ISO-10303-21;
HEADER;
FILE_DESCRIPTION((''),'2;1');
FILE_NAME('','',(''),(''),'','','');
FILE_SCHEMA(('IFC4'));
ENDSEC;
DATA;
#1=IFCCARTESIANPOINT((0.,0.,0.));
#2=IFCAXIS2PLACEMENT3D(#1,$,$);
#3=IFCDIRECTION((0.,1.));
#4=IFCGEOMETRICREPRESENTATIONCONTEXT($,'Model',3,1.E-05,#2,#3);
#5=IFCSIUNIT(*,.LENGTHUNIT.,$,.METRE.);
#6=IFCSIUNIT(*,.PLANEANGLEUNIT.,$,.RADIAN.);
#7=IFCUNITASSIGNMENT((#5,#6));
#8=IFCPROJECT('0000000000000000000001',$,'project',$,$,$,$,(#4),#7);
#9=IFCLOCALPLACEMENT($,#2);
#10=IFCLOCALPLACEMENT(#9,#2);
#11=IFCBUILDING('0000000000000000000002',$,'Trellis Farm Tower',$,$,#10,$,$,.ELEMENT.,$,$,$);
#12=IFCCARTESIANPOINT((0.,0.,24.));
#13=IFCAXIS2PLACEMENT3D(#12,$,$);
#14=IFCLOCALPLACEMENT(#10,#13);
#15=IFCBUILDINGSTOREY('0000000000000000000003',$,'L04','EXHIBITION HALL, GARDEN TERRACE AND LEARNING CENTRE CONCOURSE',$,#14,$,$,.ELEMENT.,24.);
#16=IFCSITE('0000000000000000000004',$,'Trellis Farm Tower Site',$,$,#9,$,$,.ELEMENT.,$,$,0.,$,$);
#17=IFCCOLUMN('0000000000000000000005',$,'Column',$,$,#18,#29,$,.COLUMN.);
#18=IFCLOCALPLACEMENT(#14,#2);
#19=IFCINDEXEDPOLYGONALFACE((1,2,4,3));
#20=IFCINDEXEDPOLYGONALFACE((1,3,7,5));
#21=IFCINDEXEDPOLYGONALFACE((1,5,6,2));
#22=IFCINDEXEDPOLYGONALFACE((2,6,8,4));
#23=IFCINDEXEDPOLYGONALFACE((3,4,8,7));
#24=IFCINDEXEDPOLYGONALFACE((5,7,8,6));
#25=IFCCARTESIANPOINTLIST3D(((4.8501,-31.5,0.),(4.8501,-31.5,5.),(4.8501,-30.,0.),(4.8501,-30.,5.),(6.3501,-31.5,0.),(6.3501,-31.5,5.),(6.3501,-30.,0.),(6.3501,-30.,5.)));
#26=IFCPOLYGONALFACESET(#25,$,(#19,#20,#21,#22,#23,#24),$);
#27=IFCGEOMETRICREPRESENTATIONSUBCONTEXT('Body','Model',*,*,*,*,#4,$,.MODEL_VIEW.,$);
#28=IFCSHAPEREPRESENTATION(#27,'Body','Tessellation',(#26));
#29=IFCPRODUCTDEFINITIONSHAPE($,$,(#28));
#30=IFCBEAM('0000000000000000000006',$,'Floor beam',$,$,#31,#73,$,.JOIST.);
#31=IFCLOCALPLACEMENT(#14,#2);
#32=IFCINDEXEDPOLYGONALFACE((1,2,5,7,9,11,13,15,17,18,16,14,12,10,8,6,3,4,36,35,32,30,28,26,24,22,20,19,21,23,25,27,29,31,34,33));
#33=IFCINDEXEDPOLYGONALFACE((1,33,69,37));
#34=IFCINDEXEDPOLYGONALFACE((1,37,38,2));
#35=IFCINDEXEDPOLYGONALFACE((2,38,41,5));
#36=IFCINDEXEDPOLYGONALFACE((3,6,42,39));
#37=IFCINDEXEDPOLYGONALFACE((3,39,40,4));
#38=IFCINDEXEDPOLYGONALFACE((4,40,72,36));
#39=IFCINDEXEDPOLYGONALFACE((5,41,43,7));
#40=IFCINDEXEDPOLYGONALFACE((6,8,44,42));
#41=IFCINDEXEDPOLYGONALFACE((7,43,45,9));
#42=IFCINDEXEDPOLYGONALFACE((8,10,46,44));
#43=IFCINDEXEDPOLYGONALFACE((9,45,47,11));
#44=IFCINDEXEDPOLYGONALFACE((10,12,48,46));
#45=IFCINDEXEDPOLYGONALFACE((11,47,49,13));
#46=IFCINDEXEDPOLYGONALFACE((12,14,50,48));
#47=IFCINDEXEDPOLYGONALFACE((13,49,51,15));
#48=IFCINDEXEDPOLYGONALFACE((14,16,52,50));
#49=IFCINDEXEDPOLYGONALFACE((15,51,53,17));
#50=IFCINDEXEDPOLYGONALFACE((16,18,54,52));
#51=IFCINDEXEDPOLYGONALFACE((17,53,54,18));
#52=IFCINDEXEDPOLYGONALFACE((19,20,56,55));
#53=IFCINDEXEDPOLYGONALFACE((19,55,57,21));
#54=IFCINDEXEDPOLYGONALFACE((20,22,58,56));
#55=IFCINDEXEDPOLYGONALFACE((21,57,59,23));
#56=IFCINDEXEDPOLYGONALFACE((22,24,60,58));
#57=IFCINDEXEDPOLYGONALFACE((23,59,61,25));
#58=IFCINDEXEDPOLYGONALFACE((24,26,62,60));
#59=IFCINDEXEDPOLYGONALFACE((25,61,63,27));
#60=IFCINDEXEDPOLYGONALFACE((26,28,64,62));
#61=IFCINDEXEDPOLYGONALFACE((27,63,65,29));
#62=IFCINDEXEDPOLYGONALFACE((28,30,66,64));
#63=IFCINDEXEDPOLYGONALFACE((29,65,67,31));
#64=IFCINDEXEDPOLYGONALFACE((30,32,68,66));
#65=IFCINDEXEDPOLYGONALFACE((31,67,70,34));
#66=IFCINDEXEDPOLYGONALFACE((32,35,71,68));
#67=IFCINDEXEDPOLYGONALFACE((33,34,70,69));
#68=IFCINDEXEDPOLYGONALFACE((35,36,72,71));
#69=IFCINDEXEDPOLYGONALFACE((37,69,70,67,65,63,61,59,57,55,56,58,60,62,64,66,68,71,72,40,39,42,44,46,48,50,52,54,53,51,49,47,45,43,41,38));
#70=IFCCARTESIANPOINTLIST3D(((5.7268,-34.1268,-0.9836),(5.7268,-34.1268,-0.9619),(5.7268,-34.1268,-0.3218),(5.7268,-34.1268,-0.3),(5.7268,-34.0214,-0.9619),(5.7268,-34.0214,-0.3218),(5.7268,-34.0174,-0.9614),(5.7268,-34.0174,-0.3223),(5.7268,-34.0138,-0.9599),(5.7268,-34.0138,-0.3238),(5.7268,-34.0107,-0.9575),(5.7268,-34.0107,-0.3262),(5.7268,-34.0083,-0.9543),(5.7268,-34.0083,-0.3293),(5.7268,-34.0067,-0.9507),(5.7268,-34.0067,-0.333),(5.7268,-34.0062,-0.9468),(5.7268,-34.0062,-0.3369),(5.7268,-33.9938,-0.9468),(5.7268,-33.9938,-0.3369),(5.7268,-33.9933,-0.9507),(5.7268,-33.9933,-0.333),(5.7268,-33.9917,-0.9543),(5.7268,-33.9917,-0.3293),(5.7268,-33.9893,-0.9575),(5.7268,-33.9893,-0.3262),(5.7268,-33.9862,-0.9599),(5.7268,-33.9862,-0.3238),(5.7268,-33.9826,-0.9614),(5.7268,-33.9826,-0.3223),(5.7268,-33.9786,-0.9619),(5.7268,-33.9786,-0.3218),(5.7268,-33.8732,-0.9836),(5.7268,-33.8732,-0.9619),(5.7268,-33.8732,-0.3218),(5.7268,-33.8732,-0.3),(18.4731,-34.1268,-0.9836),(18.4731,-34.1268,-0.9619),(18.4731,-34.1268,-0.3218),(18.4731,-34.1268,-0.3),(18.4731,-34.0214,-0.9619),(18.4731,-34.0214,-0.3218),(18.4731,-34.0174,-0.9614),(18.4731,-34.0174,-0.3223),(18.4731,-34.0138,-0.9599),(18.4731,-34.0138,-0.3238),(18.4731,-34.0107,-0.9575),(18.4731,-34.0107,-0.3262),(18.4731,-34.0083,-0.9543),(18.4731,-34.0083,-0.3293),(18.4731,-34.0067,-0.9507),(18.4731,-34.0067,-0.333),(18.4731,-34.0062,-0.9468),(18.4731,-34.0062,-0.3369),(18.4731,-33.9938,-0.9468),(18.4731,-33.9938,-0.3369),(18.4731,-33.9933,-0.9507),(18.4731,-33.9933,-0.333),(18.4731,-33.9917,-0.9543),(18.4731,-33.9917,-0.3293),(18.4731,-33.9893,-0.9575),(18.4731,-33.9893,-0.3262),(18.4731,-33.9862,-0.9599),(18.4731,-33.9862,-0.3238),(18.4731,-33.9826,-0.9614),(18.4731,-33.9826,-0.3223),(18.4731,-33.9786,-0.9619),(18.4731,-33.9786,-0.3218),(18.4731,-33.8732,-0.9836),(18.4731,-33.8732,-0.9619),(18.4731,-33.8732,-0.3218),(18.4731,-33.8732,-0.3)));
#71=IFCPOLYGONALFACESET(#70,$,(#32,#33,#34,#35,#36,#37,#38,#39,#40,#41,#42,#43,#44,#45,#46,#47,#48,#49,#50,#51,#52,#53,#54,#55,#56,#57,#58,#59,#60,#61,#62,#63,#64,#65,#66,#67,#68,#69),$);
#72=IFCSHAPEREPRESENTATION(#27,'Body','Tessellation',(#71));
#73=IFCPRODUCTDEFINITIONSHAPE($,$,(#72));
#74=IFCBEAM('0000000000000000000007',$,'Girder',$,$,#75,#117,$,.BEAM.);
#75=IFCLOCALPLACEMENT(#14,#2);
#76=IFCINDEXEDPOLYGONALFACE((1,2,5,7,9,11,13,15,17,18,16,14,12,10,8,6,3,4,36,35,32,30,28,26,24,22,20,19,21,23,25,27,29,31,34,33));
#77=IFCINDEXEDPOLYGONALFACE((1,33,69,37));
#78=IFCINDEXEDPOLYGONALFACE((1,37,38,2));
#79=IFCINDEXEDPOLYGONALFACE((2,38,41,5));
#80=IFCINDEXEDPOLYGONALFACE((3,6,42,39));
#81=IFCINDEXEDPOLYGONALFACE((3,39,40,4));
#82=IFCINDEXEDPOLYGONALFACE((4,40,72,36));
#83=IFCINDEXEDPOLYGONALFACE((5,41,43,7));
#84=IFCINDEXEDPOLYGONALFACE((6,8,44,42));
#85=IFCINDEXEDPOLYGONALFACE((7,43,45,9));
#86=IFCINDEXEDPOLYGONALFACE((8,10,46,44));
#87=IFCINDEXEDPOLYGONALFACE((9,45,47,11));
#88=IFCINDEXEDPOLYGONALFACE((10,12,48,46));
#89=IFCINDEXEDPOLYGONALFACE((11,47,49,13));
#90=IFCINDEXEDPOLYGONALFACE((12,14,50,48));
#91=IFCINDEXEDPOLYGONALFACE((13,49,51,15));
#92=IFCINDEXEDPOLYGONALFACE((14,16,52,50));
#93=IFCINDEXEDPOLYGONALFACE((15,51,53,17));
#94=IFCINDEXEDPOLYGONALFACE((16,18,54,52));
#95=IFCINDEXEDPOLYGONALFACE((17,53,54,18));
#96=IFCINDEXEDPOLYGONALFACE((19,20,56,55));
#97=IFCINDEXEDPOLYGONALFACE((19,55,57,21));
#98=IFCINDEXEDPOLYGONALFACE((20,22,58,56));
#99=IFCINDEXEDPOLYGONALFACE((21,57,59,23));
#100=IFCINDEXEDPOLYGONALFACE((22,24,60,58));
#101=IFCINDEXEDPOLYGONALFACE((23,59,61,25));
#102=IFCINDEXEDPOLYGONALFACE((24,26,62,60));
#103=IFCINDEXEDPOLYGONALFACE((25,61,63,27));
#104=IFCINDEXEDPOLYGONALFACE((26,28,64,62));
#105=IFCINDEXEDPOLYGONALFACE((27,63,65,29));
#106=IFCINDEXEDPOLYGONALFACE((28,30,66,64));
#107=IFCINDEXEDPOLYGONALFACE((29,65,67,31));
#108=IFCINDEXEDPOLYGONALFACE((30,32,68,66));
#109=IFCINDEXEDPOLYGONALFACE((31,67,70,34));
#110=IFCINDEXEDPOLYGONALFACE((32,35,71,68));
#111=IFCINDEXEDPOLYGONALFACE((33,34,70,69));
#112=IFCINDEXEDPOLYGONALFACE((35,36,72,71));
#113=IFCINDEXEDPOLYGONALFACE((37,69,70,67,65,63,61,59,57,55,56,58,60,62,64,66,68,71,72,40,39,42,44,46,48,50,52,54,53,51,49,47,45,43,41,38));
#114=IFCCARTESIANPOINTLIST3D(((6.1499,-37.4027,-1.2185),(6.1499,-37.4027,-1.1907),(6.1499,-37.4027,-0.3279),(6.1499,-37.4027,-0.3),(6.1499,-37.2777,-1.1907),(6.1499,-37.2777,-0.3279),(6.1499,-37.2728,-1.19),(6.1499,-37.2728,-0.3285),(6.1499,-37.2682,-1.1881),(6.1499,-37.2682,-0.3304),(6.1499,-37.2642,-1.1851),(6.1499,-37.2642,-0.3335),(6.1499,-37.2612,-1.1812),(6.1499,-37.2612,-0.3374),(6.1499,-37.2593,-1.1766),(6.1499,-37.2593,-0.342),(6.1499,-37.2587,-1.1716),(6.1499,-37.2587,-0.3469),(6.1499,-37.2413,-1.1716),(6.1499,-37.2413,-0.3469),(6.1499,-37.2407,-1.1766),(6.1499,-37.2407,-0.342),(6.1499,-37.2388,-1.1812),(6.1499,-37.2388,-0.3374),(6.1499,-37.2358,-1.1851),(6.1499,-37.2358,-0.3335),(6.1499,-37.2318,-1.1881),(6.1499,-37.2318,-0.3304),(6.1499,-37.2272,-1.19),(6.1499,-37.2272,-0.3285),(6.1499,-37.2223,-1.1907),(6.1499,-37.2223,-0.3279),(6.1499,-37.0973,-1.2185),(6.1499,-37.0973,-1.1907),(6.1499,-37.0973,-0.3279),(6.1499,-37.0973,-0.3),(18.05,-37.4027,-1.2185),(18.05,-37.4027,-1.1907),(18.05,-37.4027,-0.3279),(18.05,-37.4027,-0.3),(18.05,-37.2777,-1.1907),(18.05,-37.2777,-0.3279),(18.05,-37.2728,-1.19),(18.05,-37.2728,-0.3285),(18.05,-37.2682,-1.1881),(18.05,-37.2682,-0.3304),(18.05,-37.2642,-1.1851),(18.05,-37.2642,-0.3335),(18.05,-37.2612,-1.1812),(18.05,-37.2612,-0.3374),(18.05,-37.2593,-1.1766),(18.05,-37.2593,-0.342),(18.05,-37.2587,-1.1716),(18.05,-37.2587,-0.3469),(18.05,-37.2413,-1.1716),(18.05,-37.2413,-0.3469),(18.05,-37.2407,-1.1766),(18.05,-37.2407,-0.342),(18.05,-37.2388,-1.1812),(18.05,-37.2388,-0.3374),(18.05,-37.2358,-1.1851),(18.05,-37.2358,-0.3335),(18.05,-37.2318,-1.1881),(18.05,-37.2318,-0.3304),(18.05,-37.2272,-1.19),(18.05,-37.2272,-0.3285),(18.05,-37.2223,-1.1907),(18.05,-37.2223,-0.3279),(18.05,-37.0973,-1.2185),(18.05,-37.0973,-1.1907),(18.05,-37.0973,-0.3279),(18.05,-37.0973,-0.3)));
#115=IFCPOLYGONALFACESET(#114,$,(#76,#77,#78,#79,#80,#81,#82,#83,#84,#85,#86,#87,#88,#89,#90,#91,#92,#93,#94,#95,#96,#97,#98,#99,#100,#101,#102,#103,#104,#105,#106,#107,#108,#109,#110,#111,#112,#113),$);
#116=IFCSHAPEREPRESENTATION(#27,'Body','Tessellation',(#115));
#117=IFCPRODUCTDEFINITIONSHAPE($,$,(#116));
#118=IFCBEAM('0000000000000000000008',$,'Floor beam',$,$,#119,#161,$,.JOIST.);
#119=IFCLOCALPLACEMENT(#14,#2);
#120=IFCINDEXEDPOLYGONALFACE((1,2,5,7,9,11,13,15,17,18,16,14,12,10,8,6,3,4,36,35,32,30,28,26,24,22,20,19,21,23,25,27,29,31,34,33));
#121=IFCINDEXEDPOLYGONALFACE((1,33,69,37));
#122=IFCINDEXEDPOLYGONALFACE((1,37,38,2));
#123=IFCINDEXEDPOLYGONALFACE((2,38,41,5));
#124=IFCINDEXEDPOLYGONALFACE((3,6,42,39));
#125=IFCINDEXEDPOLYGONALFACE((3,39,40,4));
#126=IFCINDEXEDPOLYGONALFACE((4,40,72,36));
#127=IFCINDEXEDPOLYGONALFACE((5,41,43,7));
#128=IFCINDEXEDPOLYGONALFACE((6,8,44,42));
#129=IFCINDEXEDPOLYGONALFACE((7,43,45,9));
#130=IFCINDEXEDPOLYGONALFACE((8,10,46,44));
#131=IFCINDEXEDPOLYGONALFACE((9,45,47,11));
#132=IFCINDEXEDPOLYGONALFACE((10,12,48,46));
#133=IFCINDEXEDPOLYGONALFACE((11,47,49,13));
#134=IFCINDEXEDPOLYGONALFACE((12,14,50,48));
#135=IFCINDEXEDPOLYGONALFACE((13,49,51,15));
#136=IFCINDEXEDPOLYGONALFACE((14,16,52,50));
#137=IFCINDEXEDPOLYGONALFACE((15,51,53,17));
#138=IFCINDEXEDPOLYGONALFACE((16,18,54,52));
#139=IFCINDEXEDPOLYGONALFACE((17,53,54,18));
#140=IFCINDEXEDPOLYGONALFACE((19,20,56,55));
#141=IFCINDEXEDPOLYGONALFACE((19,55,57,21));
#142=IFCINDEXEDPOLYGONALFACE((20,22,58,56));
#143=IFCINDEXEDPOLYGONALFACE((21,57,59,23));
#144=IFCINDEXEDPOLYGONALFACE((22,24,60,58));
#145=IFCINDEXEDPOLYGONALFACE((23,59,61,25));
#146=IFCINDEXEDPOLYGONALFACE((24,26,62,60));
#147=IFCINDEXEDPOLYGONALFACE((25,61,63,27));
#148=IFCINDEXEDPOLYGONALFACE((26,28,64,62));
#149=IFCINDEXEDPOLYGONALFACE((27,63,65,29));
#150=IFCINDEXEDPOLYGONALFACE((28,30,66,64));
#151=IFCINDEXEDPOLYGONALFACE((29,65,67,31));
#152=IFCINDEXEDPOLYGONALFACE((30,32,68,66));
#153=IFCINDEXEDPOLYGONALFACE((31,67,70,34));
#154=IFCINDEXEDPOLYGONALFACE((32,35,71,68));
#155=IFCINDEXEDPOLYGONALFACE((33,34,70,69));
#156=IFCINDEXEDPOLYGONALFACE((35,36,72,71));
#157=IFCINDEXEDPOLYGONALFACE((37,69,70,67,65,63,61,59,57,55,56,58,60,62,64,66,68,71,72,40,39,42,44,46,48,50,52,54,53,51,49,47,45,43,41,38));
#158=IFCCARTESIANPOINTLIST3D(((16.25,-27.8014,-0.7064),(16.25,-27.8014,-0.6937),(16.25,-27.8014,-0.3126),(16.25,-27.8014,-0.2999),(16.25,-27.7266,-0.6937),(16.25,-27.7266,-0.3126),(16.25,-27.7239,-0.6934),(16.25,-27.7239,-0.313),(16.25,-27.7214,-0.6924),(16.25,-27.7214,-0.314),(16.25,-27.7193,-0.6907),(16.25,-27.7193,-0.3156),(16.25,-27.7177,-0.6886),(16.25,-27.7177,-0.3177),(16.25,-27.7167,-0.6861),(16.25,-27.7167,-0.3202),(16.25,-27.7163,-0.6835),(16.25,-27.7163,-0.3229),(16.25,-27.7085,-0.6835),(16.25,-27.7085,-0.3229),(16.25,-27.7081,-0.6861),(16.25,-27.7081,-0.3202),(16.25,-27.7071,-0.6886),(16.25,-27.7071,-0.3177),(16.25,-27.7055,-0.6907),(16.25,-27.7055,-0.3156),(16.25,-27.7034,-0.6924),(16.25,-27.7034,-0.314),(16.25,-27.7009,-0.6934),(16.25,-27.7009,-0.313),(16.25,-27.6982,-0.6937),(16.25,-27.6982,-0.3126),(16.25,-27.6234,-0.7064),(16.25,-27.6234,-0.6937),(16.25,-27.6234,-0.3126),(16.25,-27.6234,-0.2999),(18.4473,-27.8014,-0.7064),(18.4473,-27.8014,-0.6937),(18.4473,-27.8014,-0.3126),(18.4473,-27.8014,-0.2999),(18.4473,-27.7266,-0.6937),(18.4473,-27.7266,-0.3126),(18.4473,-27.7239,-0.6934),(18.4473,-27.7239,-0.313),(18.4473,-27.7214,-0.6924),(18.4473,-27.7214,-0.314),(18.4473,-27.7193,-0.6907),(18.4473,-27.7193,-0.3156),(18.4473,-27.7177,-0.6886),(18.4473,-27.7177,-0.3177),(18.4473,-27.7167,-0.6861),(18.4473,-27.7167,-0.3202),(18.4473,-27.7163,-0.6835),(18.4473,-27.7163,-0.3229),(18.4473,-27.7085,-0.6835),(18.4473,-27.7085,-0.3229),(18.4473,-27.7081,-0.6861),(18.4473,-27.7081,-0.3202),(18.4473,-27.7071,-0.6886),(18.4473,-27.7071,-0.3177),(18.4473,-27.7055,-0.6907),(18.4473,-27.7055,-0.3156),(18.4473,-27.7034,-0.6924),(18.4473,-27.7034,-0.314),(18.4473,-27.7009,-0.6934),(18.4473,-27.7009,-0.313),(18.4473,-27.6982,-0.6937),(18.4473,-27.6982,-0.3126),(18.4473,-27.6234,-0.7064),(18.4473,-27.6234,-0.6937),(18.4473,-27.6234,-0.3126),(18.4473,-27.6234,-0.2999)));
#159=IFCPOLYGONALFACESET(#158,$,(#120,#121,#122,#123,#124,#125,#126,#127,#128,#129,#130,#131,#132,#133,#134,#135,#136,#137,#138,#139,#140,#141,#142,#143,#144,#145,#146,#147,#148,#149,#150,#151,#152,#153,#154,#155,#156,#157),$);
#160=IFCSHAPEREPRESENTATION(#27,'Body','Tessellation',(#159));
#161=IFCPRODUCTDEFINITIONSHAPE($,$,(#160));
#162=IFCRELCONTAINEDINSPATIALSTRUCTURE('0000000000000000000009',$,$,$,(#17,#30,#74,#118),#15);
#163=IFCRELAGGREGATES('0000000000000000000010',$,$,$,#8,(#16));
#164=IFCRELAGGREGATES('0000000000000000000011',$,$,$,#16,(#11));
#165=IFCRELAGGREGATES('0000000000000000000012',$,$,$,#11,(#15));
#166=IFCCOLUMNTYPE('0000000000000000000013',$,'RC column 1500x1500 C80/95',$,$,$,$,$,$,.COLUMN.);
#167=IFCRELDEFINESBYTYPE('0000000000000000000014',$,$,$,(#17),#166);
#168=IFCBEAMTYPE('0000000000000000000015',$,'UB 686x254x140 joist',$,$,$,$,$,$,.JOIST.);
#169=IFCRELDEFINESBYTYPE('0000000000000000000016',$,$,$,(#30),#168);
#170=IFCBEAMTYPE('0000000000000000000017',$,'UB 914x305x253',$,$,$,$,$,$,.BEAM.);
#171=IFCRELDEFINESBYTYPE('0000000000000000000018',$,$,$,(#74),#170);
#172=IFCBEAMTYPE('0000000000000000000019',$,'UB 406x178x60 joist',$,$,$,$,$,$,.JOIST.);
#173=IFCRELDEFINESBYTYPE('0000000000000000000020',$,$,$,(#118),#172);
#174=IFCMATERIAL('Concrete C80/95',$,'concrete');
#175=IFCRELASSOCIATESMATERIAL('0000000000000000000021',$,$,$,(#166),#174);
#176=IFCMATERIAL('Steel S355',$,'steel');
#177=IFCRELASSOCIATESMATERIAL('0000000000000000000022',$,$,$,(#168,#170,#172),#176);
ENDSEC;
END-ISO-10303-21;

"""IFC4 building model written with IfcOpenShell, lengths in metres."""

from ifc_helpers import new_model, si_unit, direction, frame, origin, origin_2d, place, context, subcontext, project, spatial, rectangle, i_section, extrude, source, transform, mapped, material, material_profile, profile_set, type_object, element, save


model = new_model("IFC4")

# Units and contexts
model_context = context("Model", 3, precision=1e-05, world=origin(), true_north=direction((0.0, 1.0)))
body_context = subcontext(model_context, "Body", "Model", "MODEL_VIEW")
ifc_project = project(units=[si_unit("LENGTHUNIT", "METRE"), si_unit("PLANEANGLEUNIT", "RADIAN")], contexts=[model_context])

# Site, building, storey
site_placement = place(None, origin())
site = spatial("IfcSite", under=ifc_project, at=site_placement, Name="Trellis Farm Tower Site", CompositionType="ELEMENT", RefElevation=0.0)
building_placement = place(site_placement, origin())
building = spatial("IfcBuilding", under=site, at=building_placement, Name="Trellis Farm Tower", CompositionType="ELEMENT")
storey_placement = place(building_placement, frame((0.0, 0.0, 24.0)))
storey = spatial("IfcBuildingStorey", under=building, at=storey_placement, Name="L04", Description="EXHIBITION HALL, GARDEN TERRACE AND LEARNING CENTRE CONCOURSE", CompositionType="ELEMENT", Elevation=24.0)

# Column
ifc_material_1 = material(Name="Concrete C80/95", Category="concrete")
ifc_material_profile_1 = material_profile(ifc_material_1, rectangle(XDim=1.5, YDim=1.5, at=origin_2d()), Name="RC column 1500x1500 C80/95")
ifc_profile_set_1 = profile_set([ifc_material_profile_1], Name="Concrete C80/95")
column_type = type_object("IfcColumnType", Name="RC column 1500x1500 C80/95", PredefinedType="COLUMN", material=ifc_profile_set_1)
shared_shape_1 = source(origin(), body_context, "Body", "SweptSolid", [
    extrude(rectangle(XDim=1.5, YDim=1.5, at=origin_2d()), origin(), (0.0, 0.0, 1.0), 5.0),
])
column_placement = place(storey_placement, frame((5.6001, -30.75, 0.0), z_axis=(0.0, 0.0, 1.0), x_axis=(1.0, 0.0, 0.0)))
element("IfcColumn", 1, at=column_placement, inside=storey, type_object=column_type, Name="Column", PredefinedType="COLUMN", context=body_context, shape_type="MappedRepresentation", body=[
    mapped(shared_shape_1, transform((0.0, 0.0, 0.0))),
])

# Beams
ifc_material_2 = material(Name="Steel S355", Category="steel")
ifc_material_profile_2 = material_profile(ifc_material_2, i_section(OverallWidth=0.2537, OverallDepth=0.6836, WebThickness=0.0125, FlangeThickness=0.0217, FilletRadius=0.0151, at=origin_2d()), Name="UB 686x254x140")
ifc_profile_set_2 = profile_set([ifc_material_profile_2], Name="Steel S355")
beam_type_1 = type_object("IfcBeamType", Name="UB 686x254x140 joist", PredefinedType="JOIST", material=ifc_profile_set_2)
shared_shape_2 = source(origin(), body_context, "Body", "SweptSolid", [
    extrude(i_section(OverallWidth=0.2537, OverallDepth=0.6836, WebThickness=0.0125, FlangeThickness=0.0217, FilletRadius=0.0151, at=origin_2d()), origin(), (0.0, 0.0, 1.0), 12.7463),
])
beam_1_placement = place(storey_placement, frame((5.7268, -34.0, -0.6418), z_axis=(1.0, 0.0, 0.0), x_axis=(0.0, 1.0, 0.0)))
element("IfcBeam", 2, at=beam_1_placement, inside=storey, type_object=beam_type_1, Name="Floor beam", PredefinedType="JOIST", context=body_context, shape_type="MappedRepresentation", body=[
    mapped(shared_shape_2, transform((0.0, 0.0, 0.0))),
])
ifc_material_profile_3 = material_profile(ifc_material_2, i_section(OverallWidth=0.3054, OverallDepth=0.9185, WebThickness=0.0173, FlangeThickness=0.0278, FilletRadius=0.019, at=origin_2d()), Name="UB 914x305x253")
ifc_profile_set_3 = profile_set([ifc_material_profile_3], Name="Steel S355")
beam_type_2 = type_object("IfcBeamType", Name="UB 914x305x253", PredefinedType="BEAM", material=ifc_profile_set_3)
shared_shape_3 = source(origin(), body_context, "Body", "SweptSolid", [
    extrude(i_section(OverallWidth=0.3054, OverallDepth=0.9185, WebThickness=0.0173, FlangeThickness=0.0278, FilletRadius=0.019, at=origin_2d()), origin(), (0.0, 0.0, 1.0), 11.9001),
])
beam_2_placement = place(storey_placement, frame((6.1499, -37.25, -0.7593), z_axis=(1.0, 0.0, 0.0), x_axis=(0.0, 1.0, 0.0)))
element("IfcBeam", 3, at=beam_2_placement, inside=storey, type_object=beam_type_2, Name="Girder", PredefinedType="BEAM", context=body_context, shape_type="MappedRepresentation", body=[
    mapped(shared_shape_3, transform((0.0, 0.0, 0.0))),
])
ifc_material_profile_4 = material_profile(ifc_material_2, i_section(OverallWidth=0.178, OverallDepth=0.4065, WebThickness=0.0078, FlangeThickness=0.0127, FilletRadius=0.0103, at=origin_2d()), Name="UB 406x178x60")
ifc_profile_set_4 = profile_set([ifc_material_profile_4], Name="Steel S355")
beam_type_3 = type_object("IfcBeamType", Name="UB 406x178x60 joist", PredefinedType="JOIST", material=ifc_profile_set_4)
shared_shape_4 = source(origin(), body_context, "Body", "SweptSolid", [
    extrude(i_section(OverallWidth=0.178, OverallDepth=0.4065, WebThickness=0.0078, FlangeThickness=0.0127, FilletRadius=0.0103, at=origin_2d()), origin(), (0.0, 0.0, 1.0), 2.1973),
])
beam_3_placement = place(storey_placement, frame((16.25, -27.7124, -0.5032), z_axis=(1.0, 0.0, 0.0), x_axis=(0.0, 1.0, 0.0)))
element("IfcBeam", 4, at=beam_3_placement, inside=storey, type_object=beam_type_3, Name="Floor beam", PredefinedType="JOIST", context=body_context, shape_type="MappedRepresentation", body=[
    mapped(shared_shape_4, transform((0.0, 0.0, 0.0))),
])

save(model, "model.ifc")
